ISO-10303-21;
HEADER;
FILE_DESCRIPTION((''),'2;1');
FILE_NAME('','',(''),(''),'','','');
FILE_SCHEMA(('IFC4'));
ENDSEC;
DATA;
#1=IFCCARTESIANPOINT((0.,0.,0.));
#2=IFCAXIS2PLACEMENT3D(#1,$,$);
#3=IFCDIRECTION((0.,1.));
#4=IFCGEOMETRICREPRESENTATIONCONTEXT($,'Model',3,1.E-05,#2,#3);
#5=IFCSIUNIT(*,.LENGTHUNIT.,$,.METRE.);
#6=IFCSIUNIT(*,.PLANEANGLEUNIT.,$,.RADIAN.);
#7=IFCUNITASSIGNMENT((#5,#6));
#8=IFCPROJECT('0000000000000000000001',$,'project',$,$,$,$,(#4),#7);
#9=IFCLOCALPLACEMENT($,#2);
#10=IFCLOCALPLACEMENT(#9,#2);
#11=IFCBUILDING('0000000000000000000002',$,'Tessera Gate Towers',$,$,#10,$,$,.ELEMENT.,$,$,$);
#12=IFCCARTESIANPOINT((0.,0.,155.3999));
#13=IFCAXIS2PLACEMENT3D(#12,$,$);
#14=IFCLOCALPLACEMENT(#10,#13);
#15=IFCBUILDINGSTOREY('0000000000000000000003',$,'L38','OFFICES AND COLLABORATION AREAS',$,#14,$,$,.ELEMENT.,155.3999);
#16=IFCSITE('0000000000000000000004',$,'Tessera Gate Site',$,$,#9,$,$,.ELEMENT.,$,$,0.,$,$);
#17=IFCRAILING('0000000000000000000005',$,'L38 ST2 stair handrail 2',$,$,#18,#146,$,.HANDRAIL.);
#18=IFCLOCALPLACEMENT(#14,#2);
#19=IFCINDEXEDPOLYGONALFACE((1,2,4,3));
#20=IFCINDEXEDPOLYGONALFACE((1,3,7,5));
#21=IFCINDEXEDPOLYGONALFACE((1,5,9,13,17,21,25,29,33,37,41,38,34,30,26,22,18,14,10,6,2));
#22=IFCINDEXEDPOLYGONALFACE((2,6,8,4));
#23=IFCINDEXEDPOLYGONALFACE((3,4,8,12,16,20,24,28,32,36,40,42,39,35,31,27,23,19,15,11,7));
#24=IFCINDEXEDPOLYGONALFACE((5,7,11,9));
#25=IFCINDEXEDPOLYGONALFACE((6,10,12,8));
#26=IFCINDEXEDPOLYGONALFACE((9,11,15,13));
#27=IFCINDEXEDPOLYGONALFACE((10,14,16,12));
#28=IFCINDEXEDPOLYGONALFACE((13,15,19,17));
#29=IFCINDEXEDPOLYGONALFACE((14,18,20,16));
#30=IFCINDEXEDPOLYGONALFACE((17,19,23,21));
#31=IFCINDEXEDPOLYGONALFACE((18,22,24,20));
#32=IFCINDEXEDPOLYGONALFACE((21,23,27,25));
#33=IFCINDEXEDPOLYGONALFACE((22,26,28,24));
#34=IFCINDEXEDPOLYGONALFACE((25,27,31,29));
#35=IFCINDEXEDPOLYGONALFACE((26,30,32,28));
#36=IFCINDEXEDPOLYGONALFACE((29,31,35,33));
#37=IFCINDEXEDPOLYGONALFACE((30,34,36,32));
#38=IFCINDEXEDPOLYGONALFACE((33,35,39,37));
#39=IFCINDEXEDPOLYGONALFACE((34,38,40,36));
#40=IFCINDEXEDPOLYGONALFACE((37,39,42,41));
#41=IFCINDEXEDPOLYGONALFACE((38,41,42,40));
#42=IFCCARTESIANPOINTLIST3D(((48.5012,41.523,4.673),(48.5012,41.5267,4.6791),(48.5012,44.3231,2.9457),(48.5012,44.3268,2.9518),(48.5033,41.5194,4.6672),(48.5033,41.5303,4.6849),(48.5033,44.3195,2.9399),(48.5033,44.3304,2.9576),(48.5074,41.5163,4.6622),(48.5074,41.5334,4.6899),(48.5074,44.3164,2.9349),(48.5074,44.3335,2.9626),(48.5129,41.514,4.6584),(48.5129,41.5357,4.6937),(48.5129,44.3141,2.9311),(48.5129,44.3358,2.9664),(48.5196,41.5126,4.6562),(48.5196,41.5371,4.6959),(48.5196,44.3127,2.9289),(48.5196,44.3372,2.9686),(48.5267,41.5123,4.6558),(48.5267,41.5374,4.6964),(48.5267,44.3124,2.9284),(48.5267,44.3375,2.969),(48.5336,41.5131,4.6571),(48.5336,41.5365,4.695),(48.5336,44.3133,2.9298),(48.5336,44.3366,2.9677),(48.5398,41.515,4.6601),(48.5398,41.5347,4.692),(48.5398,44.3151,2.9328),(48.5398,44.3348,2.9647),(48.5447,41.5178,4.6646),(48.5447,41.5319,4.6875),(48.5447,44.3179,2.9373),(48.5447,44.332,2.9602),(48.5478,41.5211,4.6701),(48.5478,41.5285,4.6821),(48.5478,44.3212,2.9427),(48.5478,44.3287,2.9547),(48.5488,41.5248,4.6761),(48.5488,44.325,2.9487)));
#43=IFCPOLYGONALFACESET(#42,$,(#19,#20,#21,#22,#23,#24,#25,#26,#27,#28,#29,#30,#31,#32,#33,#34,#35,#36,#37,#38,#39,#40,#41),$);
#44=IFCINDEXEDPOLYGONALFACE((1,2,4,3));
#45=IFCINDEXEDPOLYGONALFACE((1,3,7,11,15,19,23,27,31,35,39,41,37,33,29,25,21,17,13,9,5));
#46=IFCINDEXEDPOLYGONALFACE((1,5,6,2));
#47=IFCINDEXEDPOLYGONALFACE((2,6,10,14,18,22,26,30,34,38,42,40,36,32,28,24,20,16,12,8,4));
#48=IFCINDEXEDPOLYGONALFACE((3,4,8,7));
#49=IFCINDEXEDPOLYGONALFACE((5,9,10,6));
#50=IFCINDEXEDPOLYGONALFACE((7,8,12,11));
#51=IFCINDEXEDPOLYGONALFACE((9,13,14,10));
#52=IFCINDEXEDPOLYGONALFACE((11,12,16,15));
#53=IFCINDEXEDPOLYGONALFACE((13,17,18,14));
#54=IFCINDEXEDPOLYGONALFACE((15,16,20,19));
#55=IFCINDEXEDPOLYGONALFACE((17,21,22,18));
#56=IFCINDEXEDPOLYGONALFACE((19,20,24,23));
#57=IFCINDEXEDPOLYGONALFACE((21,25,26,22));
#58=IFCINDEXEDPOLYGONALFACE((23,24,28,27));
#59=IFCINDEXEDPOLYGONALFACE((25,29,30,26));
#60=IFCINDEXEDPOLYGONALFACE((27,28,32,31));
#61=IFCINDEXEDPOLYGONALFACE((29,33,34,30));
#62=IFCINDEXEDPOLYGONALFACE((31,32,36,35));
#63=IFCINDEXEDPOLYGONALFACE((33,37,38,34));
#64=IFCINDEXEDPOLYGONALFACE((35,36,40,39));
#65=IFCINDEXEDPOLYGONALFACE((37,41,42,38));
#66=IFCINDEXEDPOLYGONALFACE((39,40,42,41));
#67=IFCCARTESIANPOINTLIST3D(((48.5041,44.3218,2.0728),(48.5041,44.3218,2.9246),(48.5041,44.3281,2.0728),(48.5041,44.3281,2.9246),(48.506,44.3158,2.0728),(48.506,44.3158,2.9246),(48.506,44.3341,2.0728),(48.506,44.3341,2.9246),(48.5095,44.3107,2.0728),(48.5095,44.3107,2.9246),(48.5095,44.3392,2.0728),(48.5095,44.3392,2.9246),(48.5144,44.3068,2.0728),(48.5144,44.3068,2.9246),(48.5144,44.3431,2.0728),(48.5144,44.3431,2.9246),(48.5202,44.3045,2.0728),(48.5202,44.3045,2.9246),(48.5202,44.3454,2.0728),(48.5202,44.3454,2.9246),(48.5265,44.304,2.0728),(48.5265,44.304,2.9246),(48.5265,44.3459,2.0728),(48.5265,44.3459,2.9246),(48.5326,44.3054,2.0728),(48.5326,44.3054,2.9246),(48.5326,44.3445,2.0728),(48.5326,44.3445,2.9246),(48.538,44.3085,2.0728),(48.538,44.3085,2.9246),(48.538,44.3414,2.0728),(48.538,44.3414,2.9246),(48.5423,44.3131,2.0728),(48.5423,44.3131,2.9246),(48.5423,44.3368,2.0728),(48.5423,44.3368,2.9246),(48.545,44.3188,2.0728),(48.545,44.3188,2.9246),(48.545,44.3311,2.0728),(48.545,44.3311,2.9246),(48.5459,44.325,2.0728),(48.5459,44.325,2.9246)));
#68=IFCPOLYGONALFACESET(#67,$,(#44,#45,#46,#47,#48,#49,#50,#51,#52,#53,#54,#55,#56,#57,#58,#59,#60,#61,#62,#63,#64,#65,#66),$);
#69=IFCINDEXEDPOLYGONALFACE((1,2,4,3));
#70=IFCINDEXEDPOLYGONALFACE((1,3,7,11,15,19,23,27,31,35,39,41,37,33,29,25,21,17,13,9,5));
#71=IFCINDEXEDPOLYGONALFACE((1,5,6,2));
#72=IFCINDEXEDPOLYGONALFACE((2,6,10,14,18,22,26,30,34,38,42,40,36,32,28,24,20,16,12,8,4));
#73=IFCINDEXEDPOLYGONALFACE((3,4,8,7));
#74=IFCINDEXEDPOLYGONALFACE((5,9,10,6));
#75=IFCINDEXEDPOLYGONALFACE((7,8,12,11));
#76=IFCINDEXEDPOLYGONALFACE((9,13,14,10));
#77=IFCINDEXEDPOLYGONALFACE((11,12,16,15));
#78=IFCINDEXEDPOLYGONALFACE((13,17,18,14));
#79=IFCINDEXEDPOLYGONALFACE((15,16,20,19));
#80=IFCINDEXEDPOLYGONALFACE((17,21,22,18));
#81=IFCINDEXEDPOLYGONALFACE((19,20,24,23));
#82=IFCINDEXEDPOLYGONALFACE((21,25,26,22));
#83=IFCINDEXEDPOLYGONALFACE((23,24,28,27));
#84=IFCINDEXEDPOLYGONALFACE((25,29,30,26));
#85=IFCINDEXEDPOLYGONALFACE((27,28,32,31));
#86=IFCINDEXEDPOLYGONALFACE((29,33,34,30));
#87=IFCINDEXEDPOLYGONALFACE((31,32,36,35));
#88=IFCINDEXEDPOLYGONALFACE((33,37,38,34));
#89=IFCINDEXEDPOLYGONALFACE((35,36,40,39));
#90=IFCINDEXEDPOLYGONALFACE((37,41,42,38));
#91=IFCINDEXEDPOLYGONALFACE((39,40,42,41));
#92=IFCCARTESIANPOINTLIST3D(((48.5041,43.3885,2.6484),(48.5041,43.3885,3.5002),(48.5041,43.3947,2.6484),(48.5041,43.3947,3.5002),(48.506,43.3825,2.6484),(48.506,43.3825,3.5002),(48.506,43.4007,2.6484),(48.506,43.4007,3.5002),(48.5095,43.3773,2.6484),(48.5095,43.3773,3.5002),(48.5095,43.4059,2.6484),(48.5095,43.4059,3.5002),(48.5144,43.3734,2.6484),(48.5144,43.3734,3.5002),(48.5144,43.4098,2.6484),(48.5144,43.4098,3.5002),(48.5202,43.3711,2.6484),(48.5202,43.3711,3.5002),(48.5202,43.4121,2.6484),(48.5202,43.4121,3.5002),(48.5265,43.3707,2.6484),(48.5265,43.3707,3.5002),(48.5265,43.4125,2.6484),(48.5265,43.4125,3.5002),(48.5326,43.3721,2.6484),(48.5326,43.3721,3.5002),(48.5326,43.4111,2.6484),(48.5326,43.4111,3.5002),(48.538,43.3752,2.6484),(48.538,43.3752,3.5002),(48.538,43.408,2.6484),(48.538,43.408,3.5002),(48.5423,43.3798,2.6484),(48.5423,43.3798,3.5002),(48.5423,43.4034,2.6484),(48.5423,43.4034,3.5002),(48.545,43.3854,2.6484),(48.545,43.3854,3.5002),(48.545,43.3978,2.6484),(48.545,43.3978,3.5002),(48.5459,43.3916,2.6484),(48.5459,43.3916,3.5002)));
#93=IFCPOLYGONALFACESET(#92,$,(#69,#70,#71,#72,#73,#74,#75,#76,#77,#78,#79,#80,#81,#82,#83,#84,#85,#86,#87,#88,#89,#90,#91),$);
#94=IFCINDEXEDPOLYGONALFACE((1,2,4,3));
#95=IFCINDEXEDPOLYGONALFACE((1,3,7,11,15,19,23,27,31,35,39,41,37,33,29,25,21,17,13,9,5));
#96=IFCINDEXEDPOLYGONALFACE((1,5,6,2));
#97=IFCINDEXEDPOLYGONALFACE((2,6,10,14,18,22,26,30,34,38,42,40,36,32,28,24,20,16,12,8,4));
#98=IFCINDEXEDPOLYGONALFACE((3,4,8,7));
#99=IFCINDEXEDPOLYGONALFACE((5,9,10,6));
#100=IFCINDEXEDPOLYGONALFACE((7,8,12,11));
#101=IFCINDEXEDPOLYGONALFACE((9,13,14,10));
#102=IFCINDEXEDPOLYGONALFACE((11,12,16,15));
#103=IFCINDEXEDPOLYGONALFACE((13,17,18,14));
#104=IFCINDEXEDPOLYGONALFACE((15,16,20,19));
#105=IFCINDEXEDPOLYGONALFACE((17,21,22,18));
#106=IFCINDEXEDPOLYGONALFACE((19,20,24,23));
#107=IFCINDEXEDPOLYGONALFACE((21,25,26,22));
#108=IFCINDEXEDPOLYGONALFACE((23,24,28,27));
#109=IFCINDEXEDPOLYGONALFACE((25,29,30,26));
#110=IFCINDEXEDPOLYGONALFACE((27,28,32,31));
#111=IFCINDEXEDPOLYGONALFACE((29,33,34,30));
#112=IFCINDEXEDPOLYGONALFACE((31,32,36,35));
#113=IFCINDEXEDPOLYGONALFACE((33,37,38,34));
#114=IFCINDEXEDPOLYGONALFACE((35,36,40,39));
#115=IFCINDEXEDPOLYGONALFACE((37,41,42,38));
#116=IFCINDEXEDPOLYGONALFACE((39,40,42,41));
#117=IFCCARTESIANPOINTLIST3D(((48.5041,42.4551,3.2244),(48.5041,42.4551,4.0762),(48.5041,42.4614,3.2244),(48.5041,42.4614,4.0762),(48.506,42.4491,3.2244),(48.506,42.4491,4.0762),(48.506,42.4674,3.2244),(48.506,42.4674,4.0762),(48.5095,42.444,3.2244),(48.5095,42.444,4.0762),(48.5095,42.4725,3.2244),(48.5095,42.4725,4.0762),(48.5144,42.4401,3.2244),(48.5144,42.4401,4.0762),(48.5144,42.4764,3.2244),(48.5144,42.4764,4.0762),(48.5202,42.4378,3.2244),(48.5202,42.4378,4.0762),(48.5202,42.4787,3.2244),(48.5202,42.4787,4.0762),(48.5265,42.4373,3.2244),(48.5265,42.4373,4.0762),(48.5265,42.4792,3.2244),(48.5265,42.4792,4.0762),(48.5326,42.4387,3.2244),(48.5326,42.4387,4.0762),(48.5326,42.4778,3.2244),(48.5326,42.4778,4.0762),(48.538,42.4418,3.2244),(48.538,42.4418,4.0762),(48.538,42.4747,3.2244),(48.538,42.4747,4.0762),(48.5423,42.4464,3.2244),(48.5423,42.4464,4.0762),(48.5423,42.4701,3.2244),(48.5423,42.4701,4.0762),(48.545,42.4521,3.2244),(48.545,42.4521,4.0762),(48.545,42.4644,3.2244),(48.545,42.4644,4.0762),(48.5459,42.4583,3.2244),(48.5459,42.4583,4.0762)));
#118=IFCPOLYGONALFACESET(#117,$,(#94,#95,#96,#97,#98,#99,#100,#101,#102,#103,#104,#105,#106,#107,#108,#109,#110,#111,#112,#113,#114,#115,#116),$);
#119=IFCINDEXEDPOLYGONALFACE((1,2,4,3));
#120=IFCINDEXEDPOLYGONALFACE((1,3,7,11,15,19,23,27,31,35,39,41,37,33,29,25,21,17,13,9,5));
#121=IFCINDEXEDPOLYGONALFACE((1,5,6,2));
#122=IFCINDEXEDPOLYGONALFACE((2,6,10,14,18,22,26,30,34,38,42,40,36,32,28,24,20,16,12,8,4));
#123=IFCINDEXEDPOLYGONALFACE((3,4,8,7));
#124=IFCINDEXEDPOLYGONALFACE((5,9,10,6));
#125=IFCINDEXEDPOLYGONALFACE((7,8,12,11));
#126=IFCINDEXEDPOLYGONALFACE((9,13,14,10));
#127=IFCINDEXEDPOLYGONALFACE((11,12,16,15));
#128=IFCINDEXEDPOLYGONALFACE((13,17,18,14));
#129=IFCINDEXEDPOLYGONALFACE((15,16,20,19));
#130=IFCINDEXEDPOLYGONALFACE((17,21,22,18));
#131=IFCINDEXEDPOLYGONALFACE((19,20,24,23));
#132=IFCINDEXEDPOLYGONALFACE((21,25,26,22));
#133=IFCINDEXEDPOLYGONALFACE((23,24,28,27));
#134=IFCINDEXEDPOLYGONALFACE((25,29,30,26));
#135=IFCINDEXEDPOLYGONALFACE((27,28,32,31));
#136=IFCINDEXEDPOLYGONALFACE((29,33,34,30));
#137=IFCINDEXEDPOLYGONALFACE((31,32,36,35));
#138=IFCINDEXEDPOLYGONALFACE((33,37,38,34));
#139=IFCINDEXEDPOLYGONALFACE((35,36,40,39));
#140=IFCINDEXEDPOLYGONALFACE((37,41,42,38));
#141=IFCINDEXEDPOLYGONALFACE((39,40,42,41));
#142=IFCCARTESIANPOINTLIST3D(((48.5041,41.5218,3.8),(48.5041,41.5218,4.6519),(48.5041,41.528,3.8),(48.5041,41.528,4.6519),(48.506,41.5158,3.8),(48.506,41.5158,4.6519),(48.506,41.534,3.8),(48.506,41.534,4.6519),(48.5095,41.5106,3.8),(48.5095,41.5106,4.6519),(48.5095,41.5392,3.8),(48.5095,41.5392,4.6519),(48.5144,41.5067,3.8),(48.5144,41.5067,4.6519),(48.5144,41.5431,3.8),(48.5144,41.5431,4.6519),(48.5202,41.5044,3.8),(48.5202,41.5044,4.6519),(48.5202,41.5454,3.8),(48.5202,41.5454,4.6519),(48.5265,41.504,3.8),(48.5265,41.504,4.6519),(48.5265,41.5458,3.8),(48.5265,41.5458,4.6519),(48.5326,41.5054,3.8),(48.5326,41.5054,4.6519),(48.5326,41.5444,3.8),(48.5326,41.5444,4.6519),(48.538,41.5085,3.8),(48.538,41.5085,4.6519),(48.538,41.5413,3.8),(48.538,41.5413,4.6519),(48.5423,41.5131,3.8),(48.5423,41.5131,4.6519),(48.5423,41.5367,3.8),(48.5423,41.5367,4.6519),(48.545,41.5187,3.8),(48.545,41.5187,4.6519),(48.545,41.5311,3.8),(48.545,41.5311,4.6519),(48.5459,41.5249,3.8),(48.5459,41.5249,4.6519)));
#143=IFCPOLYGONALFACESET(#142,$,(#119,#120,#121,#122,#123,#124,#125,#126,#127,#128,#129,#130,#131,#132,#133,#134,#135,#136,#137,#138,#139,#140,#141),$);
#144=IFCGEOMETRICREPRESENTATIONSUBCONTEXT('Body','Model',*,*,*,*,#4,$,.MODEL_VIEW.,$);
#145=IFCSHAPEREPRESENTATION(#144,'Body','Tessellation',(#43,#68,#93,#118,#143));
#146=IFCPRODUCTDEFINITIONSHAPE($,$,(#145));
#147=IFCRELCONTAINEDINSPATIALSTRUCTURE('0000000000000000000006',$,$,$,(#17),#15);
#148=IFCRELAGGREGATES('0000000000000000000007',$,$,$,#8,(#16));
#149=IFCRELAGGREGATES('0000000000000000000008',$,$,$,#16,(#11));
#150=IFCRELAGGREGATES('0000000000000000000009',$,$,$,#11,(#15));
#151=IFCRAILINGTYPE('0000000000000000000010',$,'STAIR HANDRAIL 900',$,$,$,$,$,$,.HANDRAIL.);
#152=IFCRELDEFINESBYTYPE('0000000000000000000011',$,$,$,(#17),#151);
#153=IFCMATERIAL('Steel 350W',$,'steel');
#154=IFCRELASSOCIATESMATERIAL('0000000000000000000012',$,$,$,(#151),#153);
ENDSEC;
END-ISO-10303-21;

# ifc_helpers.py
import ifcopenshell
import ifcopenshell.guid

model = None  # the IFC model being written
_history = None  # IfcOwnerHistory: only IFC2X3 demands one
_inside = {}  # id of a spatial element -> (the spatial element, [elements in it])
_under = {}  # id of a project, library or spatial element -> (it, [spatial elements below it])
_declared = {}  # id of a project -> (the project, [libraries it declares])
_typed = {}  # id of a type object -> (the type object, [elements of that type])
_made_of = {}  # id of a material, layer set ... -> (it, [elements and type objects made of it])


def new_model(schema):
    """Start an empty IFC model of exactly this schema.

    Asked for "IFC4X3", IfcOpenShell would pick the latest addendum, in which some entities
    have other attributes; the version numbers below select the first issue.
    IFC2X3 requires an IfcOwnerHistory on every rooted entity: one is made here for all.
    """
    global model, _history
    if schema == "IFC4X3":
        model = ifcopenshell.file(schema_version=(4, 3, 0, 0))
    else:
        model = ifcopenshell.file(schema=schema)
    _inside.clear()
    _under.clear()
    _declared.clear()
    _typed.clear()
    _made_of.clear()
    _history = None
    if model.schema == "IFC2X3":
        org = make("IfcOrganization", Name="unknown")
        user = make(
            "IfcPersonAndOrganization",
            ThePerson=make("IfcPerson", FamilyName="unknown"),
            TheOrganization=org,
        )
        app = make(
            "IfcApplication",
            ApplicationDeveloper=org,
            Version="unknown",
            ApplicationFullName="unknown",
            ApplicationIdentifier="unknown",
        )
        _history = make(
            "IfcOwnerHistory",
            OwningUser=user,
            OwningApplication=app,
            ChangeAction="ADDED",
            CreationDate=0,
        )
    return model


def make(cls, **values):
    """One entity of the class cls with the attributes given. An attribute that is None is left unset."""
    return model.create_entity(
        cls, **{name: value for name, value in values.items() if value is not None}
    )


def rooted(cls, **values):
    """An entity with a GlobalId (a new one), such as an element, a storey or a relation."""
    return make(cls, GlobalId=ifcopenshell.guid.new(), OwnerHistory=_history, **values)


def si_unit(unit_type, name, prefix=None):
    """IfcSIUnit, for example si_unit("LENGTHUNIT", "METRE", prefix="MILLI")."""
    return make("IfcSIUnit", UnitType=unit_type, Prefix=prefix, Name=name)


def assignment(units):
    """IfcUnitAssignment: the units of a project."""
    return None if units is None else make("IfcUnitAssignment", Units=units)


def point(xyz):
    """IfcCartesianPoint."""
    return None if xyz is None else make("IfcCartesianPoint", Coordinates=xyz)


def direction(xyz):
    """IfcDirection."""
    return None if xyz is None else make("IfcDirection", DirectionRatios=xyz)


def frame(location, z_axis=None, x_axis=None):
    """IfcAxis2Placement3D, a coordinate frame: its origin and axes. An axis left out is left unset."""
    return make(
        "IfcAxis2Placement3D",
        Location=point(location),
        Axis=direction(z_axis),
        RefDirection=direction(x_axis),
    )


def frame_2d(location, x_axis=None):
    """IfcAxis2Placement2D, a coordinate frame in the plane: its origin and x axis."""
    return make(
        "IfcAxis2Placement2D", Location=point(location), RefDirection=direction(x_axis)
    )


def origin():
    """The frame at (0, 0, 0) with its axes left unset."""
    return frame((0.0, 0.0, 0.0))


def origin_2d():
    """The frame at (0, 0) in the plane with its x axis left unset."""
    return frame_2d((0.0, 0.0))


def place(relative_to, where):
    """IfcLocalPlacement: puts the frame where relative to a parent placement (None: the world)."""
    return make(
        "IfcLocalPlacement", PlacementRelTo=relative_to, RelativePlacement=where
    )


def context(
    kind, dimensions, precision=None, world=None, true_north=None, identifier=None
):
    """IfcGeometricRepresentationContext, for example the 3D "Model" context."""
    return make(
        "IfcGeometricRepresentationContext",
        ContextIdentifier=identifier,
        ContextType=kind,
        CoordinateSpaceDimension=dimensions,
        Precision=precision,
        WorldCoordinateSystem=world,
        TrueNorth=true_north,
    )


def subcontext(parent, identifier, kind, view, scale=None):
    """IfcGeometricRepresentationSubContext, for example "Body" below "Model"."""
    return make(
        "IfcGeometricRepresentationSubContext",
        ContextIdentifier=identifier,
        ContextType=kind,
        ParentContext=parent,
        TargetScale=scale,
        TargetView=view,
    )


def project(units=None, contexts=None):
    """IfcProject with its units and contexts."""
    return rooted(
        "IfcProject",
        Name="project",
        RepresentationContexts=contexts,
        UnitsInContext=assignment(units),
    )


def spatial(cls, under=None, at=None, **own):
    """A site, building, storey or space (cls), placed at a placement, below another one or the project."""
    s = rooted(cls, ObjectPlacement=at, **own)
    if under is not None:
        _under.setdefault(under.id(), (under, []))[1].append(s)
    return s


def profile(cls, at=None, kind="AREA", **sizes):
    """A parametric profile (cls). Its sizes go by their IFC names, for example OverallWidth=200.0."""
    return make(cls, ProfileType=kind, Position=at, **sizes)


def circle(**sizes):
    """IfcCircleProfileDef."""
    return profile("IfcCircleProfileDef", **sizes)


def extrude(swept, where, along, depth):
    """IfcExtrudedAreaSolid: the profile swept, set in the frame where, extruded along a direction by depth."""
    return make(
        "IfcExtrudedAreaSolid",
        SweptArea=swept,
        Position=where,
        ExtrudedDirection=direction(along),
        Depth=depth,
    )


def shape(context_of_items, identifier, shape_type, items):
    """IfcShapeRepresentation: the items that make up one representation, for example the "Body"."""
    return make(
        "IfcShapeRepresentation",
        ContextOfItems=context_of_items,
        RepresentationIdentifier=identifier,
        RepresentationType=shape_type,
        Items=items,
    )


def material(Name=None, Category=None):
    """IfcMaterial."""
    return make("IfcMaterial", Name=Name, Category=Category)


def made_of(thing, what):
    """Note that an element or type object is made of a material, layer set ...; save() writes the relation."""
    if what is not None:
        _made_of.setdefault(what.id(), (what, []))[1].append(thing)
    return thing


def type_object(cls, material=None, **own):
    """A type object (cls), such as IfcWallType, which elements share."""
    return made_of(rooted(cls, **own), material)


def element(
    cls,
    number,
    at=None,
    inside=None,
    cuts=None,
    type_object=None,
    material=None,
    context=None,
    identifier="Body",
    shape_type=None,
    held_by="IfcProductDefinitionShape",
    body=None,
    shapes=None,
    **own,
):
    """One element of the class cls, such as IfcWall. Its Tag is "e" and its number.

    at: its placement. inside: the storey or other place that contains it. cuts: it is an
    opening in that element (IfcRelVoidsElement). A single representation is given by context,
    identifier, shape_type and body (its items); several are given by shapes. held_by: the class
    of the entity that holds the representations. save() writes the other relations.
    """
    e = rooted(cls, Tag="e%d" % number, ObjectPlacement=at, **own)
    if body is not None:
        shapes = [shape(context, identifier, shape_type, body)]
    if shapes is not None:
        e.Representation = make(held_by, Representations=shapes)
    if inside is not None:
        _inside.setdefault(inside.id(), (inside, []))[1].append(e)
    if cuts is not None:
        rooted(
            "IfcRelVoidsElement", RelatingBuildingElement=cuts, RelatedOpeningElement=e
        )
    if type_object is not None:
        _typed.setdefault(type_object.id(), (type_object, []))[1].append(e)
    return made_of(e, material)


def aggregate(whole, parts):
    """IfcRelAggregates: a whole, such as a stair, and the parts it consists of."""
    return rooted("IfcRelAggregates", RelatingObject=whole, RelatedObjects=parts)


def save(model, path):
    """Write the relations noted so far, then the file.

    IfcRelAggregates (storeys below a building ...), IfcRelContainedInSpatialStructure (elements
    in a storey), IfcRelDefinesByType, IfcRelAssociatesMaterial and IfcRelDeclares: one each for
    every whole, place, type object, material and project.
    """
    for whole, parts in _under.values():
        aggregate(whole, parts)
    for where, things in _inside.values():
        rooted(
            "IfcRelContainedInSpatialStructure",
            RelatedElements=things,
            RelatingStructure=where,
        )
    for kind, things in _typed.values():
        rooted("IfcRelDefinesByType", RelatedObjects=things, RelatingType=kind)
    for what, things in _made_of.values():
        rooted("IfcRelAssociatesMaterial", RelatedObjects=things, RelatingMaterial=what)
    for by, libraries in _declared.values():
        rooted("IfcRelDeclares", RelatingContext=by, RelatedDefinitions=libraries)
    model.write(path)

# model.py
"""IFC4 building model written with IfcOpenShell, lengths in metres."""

from ifc_helpers import new_model, si_unit, direction, frame, origin, origin_2d, place, context, subcontext, project, spatial, circle, extrude, material, type_object, element, save


model = new_model("IFC4")

# Units and contexts
model_context = context("Model", 3, precision=1e-05, world=origin(), true_north=direction((0.0, 1.0)))
body_context = subcontext(model_context, "Body", "Model", "MODEL_VIEW")
ifc_project = project(units=[si_unit("LENGTHUNIT", "METRE"), si_unit("PLANEANGLEUNIT", "RADIAN")], contexts=[model_context])

# Site, building, storey
site_placement = place(None, origin())
site = spatial("IfcSite", under=ifc_project, at=site_placement, Name="Tessera Gate Site", CompositionType="ELEMENT", RefElevation=0.0)
building_placement = place(site_placement, origin())
building = spatial("IfcBuilding", under=site, at=building_placement, Name="Tessera Gate Towers", CompositionType="ELEMENT")
storey_placement = place(building_placement, frame((0.0, 0.0, 155.3999)))
storey = spatial("IfcBuildingStorey", under=building, at=storey_placement, Name="L38", Description="OFFICES AND COLLABORATION AREAS", CompositionType="ELEMENT", Elevation=155.3999)

# Railing
ifc_material_1 = material(Name="Steel 350W", Category="steel")
railing_type_1 = type_object("IfcRailingType", Name="STAIR HANDRAIL 900", PredefinedType="HANDRAIL", material=ifc_material_1)
railing_1_placement = place(storey_placement, frame((48.5249, 44.325, 2.0728)))
element("IfcRailing", 1, at=railing_1_placement, inside=storey, type_object=railing_type_1, Name="L38 ST2 stair handrail 2", PredefinedType="HANDRAIL", context=body_context, shape_type="SweptSolid", body=[
    extrude(circle(Radius=0.0239, at=origin_2d()), frame((0.0, 0.0, 0.876), z_axis=(0.0, -0.85109, 0.52502), x_axis=(1.0, 0.0, 0.0)), (0.0, 0.0, 1.0), 3.29),
    extrude(circle(Radius=0.021, at=origin_2d()), origin(), (0.0, 0.0, 1.0), 0.8518),
    extrude(circle(Radius=0.021, at=origin_2d()), frame((0.0, -0.9333, 0.5757)), (0.0, 0.0, 1.0), 0.8518),
    extrude(circle(Radius=0.021, at=origin_2d()), frame((0.0, -1.8667, 1.1516)), (0.0, 0.0, 1.0), 0.8518),
    extrude(circle(Radius=0.021, at=origin_2d()), frame((0.0, -2.8, 1.7273)), (0.0, 0.0, 1.0), 0.8518),
])

save(model, "model.ifc")
